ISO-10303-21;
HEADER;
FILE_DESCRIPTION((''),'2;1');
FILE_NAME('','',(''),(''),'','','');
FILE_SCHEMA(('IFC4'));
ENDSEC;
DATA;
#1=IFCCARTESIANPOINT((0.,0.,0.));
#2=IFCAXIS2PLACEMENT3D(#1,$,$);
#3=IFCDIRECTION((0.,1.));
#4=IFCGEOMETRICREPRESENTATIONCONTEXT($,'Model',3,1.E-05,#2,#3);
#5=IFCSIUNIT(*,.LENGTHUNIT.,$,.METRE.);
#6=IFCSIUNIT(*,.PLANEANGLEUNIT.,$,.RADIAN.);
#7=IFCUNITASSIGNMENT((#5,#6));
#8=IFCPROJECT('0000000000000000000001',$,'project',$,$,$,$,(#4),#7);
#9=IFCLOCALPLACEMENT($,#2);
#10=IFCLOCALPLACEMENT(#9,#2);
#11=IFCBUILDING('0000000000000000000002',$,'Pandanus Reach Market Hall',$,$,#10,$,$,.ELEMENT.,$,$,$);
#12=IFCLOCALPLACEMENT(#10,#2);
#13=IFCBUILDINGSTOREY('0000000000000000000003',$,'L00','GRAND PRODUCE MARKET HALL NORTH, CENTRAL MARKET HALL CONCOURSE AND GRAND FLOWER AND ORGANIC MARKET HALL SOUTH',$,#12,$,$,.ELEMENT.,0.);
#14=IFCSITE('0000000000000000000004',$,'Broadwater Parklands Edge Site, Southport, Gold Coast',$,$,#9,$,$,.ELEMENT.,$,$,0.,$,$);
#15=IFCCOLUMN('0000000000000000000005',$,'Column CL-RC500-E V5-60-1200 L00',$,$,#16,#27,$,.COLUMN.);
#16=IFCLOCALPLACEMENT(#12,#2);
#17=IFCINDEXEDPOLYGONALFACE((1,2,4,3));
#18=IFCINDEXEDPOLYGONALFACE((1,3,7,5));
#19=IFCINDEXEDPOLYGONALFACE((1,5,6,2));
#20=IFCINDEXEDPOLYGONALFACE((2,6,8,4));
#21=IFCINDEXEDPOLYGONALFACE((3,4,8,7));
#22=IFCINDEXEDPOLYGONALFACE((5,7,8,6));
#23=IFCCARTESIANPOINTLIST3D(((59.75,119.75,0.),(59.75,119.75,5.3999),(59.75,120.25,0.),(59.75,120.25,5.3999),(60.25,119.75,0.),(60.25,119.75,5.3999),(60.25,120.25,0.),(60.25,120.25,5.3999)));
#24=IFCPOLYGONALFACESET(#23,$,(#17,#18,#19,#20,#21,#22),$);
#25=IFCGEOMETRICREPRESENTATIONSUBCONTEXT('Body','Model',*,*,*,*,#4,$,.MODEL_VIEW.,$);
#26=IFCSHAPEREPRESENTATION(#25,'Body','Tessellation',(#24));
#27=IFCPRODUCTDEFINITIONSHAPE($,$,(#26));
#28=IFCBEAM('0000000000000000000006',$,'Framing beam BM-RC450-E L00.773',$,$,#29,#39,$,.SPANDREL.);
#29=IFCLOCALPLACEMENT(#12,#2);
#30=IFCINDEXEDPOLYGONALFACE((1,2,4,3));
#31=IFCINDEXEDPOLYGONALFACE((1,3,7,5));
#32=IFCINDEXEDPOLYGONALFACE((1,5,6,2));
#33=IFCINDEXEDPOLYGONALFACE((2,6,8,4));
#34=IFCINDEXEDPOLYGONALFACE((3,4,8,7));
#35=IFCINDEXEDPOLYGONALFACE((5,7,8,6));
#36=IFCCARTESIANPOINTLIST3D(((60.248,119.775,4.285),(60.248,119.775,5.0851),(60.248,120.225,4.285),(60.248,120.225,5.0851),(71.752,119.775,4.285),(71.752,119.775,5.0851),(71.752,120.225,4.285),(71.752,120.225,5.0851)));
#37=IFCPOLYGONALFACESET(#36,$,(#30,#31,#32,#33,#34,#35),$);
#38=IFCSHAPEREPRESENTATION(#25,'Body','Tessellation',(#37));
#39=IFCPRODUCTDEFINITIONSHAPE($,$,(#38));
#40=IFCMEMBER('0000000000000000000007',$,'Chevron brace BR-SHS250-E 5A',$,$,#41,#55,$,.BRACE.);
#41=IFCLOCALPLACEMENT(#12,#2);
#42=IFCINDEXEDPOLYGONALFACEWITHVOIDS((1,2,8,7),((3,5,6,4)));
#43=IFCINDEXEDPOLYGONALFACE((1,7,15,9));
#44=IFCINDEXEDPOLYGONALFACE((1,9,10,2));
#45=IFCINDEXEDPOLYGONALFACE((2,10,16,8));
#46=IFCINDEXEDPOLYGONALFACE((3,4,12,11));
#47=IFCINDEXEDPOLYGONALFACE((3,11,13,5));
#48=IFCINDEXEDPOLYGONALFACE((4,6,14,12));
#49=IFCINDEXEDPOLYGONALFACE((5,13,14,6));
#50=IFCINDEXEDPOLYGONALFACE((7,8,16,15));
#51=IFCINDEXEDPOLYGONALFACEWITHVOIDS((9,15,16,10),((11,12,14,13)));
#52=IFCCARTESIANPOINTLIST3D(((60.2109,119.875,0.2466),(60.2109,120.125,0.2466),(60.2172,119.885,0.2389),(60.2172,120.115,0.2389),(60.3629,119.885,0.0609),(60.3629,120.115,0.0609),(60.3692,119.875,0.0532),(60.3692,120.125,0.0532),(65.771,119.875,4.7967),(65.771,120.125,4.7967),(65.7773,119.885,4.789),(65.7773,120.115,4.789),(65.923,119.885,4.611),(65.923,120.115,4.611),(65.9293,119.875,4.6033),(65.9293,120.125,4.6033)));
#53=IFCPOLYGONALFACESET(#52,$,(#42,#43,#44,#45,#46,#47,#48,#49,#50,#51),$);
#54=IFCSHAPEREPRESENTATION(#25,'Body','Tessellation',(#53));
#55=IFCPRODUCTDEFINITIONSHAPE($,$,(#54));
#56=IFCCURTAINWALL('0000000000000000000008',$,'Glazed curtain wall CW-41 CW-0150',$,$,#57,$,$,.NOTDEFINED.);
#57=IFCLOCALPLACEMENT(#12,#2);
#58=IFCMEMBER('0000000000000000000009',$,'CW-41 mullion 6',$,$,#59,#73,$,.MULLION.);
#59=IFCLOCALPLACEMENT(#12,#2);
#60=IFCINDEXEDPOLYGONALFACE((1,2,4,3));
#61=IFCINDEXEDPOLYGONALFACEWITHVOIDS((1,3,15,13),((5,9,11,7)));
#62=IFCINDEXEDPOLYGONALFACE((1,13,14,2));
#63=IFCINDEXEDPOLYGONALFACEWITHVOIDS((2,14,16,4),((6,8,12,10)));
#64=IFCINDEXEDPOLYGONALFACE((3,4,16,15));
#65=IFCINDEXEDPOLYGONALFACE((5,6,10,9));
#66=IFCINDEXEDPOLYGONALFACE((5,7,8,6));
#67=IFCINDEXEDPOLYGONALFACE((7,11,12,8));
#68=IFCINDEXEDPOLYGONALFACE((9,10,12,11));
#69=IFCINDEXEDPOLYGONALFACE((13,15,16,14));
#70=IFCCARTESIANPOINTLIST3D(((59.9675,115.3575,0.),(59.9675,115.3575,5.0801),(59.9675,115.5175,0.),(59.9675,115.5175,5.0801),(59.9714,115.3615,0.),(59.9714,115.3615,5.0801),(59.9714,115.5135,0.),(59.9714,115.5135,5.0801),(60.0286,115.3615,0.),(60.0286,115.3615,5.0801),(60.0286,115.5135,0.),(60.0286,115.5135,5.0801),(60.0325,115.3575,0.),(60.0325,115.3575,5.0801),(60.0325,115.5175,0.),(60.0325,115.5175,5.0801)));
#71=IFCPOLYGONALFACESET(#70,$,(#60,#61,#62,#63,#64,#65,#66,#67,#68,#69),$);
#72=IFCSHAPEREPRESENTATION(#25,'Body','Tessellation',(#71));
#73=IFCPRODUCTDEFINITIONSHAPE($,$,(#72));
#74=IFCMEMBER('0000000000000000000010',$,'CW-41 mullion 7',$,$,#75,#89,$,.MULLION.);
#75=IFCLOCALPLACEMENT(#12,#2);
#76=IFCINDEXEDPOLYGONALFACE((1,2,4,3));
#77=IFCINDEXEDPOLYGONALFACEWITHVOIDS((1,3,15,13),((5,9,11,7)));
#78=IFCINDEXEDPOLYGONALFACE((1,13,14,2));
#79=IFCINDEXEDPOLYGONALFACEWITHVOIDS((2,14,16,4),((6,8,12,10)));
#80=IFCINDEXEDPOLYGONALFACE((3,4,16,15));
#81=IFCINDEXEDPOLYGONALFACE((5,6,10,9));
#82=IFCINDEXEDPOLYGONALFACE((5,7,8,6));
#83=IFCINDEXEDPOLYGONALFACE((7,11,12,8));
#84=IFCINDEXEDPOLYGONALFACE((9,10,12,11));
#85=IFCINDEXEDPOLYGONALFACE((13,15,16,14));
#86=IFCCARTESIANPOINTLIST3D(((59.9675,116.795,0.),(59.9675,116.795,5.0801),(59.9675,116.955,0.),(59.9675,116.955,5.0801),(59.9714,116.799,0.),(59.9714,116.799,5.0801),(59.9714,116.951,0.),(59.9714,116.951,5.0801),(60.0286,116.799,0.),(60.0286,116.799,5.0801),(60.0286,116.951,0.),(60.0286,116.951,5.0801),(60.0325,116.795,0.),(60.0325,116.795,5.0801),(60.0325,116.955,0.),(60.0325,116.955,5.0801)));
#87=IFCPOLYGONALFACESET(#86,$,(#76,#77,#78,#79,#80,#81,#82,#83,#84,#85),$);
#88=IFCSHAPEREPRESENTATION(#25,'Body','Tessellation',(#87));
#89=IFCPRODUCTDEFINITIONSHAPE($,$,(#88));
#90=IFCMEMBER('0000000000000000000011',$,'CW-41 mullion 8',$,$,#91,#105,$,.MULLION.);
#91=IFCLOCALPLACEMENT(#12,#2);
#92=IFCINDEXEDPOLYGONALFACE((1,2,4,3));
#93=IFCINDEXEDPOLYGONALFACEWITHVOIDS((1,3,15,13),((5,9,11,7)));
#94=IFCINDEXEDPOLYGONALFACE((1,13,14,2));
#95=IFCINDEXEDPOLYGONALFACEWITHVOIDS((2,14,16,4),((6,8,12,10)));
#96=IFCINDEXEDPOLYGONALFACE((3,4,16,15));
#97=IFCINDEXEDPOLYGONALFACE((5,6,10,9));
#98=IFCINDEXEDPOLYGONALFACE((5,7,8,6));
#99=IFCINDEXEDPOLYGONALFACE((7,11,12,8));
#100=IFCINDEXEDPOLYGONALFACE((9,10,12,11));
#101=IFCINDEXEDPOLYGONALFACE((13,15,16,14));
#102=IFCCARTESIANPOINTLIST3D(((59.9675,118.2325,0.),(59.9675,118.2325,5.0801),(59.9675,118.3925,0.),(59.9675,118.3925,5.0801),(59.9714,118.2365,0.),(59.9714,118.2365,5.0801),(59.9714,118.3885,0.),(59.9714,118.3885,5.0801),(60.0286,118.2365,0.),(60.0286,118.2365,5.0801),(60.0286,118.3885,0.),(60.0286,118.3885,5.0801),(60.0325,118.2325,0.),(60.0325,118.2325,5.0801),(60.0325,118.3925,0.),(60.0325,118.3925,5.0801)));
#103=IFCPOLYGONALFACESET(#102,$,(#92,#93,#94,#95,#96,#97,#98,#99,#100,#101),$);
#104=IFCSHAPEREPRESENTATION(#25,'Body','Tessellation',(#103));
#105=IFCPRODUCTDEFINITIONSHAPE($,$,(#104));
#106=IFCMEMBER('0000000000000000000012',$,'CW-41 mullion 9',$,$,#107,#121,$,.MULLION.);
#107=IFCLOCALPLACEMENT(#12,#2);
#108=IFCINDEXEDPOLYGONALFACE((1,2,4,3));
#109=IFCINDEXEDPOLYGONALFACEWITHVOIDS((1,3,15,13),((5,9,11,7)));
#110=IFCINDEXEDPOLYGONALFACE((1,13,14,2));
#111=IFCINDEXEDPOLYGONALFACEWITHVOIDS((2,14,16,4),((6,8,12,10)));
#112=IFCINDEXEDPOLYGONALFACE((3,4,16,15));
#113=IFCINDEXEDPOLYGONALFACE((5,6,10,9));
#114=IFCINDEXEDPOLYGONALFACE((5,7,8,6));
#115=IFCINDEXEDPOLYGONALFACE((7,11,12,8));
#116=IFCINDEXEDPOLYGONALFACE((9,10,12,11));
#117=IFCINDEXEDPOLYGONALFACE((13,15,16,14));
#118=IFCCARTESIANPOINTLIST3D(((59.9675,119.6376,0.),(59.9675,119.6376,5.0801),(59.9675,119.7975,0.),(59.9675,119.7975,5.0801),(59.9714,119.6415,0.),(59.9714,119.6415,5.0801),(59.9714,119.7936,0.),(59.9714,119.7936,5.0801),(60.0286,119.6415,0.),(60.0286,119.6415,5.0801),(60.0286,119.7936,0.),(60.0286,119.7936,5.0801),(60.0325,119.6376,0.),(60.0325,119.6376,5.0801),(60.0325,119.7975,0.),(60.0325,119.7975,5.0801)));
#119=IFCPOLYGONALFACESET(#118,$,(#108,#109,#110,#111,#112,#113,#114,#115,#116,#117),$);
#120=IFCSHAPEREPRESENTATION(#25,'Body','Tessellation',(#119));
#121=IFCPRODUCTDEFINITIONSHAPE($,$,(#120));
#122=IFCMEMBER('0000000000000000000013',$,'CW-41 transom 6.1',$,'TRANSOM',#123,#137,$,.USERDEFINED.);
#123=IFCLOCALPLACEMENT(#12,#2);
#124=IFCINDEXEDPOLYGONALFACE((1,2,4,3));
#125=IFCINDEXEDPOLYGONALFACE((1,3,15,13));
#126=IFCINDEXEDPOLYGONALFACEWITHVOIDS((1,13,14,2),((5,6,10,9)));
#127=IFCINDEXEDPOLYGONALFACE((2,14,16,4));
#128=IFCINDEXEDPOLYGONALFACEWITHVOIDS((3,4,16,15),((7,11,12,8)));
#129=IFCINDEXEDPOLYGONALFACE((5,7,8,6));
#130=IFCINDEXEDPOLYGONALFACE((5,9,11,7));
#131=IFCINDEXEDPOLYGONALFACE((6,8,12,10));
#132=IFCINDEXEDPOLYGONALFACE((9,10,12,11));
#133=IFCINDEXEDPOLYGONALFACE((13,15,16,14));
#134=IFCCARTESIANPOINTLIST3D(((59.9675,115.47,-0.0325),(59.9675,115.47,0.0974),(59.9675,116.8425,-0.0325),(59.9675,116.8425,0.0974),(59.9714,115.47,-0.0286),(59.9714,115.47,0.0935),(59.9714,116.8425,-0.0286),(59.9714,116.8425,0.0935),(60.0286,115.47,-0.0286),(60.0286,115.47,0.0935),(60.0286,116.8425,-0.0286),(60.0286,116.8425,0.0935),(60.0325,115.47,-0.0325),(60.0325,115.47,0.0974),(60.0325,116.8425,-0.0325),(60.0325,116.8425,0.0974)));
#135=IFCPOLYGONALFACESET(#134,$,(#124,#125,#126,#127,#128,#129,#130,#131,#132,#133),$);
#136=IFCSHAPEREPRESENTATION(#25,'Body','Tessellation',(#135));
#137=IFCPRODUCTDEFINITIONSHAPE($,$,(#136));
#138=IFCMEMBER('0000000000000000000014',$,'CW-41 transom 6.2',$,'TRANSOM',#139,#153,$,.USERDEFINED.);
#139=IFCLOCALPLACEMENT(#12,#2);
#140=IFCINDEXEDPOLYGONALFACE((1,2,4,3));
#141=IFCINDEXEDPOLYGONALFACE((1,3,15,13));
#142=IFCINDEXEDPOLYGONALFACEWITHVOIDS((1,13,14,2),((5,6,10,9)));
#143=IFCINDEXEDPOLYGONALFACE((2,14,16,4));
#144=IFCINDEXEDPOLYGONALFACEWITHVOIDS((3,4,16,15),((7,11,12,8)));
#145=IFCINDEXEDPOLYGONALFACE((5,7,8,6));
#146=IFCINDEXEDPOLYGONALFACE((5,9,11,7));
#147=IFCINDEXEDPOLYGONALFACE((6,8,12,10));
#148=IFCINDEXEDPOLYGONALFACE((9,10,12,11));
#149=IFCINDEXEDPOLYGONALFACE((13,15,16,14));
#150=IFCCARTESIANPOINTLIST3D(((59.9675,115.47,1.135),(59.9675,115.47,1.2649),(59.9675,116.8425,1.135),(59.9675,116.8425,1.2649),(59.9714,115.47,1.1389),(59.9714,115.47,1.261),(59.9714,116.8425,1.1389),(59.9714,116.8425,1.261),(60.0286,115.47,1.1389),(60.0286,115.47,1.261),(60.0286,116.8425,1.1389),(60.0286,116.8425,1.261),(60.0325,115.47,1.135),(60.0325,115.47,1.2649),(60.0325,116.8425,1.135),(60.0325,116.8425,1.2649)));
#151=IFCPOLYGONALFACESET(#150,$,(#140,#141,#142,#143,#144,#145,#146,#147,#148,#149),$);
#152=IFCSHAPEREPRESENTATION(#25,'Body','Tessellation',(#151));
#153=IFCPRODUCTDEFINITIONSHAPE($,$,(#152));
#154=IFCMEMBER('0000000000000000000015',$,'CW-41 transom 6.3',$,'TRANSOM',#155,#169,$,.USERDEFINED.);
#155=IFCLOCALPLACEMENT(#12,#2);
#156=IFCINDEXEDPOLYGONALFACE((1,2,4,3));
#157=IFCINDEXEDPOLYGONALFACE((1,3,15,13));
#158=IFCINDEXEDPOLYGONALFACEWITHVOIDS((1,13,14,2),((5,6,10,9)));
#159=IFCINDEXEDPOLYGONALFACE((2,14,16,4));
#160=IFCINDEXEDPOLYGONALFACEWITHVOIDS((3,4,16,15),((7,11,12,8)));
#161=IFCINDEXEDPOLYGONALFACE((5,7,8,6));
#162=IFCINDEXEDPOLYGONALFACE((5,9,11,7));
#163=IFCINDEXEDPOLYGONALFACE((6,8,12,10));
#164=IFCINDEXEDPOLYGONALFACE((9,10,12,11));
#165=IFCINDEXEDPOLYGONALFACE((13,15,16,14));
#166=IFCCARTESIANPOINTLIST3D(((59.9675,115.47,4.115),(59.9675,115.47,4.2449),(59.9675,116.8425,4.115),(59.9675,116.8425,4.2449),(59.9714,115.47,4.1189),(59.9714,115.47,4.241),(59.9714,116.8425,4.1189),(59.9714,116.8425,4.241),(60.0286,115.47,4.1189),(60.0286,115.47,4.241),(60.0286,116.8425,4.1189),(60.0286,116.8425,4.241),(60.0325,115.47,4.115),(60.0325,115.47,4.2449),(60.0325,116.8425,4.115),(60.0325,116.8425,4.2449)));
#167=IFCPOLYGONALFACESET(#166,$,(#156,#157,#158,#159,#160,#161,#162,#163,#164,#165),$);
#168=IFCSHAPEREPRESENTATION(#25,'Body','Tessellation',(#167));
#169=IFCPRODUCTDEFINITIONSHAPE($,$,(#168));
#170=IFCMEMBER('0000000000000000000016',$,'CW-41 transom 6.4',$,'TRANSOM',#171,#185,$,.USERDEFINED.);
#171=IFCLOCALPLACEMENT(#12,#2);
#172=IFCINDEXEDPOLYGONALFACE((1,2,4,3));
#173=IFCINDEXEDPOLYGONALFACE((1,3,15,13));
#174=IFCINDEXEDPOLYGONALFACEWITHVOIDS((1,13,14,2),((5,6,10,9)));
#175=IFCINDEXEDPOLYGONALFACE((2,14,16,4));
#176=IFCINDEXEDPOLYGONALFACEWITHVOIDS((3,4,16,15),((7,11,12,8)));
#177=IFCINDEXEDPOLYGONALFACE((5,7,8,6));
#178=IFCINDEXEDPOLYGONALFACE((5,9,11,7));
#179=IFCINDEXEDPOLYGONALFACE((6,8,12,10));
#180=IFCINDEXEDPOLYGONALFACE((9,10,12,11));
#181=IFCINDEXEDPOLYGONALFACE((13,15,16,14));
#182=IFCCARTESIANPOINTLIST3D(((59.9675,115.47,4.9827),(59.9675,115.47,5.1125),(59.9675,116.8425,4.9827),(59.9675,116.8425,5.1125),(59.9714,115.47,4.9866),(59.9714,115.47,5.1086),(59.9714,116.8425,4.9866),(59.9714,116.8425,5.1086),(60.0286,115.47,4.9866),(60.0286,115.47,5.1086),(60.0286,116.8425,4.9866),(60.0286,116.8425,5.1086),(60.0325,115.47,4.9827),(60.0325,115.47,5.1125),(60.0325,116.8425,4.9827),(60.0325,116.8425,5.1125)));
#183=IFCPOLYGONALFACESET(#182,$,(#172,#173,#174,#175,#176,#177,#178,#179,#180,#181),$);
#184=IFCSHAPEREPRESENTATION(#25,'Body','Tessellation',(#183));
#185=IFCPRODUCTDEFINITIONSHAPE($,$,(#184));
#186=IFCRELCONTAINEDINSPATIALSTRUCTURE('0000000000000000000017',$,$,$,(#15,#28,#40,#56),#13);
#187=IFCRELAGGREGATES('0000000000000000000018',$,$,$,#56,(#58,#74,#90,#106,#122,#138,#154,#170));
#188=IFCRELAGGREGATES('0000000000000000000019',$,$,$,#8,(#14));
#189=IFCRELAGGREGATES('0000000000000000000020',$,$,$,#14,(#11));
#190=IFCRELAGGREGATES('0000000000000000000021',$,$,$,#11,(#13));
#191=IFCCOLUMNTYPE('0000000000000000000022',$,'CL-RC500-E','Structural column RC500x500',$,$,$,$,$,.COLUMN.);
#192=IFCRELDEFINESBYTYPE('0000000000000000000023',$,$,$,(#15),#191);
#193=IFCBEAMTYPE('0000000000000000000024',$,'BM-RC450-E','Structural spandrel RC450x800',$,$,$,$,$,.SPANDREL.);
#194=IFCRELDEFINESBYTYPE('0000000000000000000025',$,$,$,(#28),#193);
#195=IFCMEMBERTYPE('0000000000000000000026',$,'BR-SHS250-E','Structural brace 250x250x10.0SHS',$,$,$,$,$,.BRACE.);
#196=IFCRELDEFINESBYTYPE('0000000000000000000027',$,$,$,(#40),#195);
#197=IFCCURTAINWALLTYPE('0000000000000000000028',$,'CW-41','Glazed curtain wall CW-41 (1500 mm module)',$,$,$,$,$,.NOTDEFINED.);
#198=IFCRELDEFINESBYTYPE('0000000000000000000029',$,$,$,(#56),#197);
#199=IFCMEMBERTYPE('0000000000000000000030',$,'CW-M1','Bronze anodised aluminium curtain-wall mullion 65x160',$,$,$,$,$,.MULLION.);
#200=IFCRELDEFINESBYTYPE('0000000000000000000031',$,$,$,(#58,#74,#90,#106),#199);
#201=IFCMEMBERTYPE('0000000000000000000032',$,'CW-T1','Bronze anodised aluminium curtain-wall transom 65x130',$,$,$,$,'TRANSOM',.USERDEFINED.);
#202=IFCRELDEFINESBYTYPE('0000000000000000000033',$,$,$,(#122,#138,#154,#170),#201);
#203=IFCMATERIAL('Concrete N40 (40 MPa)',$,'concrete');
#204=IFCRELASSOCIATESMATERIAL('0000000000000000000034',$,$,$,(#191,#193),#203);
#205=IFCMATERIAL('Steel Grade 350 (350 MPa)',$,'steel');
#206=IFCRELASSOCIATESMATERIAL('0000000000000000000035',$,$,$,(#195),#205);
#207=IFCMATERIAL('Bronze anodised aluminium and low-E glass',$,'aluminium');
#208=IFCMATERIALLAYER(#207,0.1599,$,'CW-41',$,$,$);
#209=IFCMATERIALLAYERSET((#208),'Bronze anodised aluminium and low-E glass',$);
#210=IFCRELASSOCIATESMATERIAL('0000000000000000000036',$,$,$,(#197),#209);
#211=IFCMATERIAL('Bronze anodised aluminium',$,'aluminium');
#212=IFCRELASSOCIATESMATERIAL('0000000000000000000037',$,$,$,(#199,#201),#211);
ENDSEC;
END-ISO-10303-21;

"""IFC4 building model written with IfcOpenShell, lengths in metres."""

from ifc_helpers import new_model, si_unit, direction, frame, origin, origin_2d, place, context, subcontext, project, spatial, rectangle, hollow_rectangle, extrude, material, layer, layer_set, material_profile, profile_set, type_object, element, aggregate, save


model = new_model("IFC4")

# Units and contexts
model_context = context("Model", 3, precision=1e-05, world=origin(), true_north=direction((0.0, 1.0)))
body_context = subcontext(model_context, "Body", "Model", "MODEL_VIEW")
ifc_project = project(units=[si_unit("LENGTHUNIT", "METRE"), si_unit("PLANEANGLEUNIT", "RADIAN")], contexts=[model_context])

# Site, building, storey
site_placement = place(None, origin())
site = spatial("IfcSite", under=ifc_project, at=site_placement, Name="Broadwater Parklands Edge Site, Southport, Gold Coast", CompositionType="ELEMENT", RefElevation=0.0)
building_placement = place(site_placement, origin())
building = spatial("IfcBuilding", under=site, at=building_placement, Name="Pandanus Reach Market Hall", CompositionType="ELEMENT")
storey_placement = place(building_placement, origin())
storey = spatial("IfcBuildingStorey", under=building, at=storey_placement, Name="L00", Description="GRAND PRODUCE MARKET HALL NORTH, CENTRAL MARKET HALL CONCOURSE AND GRAND FLOWER AND ORGANIC MARKET HALL SOUTH", CompositionType="ELEMENT", Elevation=0.0)

# Column
ifc_material_1 = material(Name="Concrete N40 (40 MPa)", Category="concrete")
ifc_material_profile_1 = material_profile(ifc_material_1, rectangle(XDim=0.5, YDim=0.5, at=origin_2d()), Name="RC500x500", Category="LoadBearing")
ifc_profile_set_1 = profile_set([ifc_material_profile_1], Name="Concrete N40 (40 MPa)")
column_type = type_object("IfcColumnType", Name="CL-RC500-E", Description="Structural column RC500x500", PredefinedType="COLUMN", material=ifc_profile_set_1)
column_placement = place(storey_placement, frame((60.0, 120.0, 0.0), z_axis=(0.0, 0.0, 1.0), x_axis=(1.0, 0.0, 0.0)))
element("IfcColumn", 1, at=column_placement, inside=storey, type_object=column_type, Name="Column CL-RC500-E V5-60-1200 L00", PredefinedType="COLUMN", context=body_context, shape_type="SweptSolid", body=[
    extrude(rectangle(XDim=0.5, YDim=0.5, at=origin_2d()), origin(), (0.0, 0.0, 1.0), 5.3999),
])

# Beam
ifc_material_profile_2 = material_profile(ifc_material_1, rectangle(XDim=0.45, YDim=0.8, at=origin_2d()), Name="RC450x800", Category="LoadBearing")
ifc_profile_set_2 = profile_set([ifc_material_profile_2], Name="Concrete N40 (40 MPa)")
beam_type = type_object("IfcBeamType", Name="BM-RC450-E", Description="Structural spandrel RC450x800", PredefinedType="SPANDREL", material=ifc_profile_set_2)
beam_placement = place(storey_placement, frame((60.248, 120.0, 4.6851), z_axis=(1.0, 0.0, 0.0), x_axis=(0.0, 1.0, 0.0)))
element("IfcBeam", 2, at=beam_placement, inside=storey, type_object=beam_type, Name="Framing beam BM-RC450-E L00.773", PredefinedType="SPANDREL", context=body_context, shape_type="SweptSolid", body=[
    extrude(rectangle(XDim=0.45, YDim=0.8, at=origin_2d()), origin(), (0.0, 0.0, 1.0), 11.5039),
])

# Member
ifc_material_2 = material(Name="Steel Grade 350 (350 MPa)", Category="steel")
ifc_material_profile_3 = material_profile(ifc_material_2, hollow_rectangle(XDim=0.25, YDim=0.25, WallThickness=0.01, at=origin_2d()), Name="250x250x10.0SHS", Category="LoadBearing")
ifc_profile_set_3 = profile_set([ifc_material_profile_3], Name="Steel Grade 350 (350 MPa)")
member_type_1 = type_object("IfcMemberType", Name="BR-SHS250-E", Description="Structural brace 250x250x10.0SHS", PredefinedType="BRACE", material=ifc_profile_set_3)
member_1_placement = place(storey_placement, frame((60.29, 120.0, 0.1499), z_axis=(0.773895, 0.0, 0.633314), x_axis=(0.0, 1.0, 0.0)))
element("IfcMember", 3, at=member_1_placement, inside=storey, type_object=member_type_1, Name="Chevron brace BR-SHS250-E 5A", PredefinedType="BRACE", context=body_context, shape_type="SweptSolid", body=[
    extrude(hollow_rectangle(XDim=0.25, YDim=0.25, WallThickness=0.01, at=origin_2d()), origin(), (0.0, 0.0, 1.0), 7.1846),
])

# Curtain wall, members
ifc_material_3 = material(Name="Bronze anodised aluminium and low-E glass", Category="aluminium")
ifc_layer_1 = layer(ifc_material_3, 0.1599, Name="CW-41")
ifc_layer_set_1 = layer_set([ifc_layer_1], Name="Bronze anodised aluminium and low-E glass")
curtain_wall_type = type_object("IfcCurtainWallType", Name="CW-41", Description="Glazed curtain wall CW-41 (1500 mm module)", PredefinedType="NOTDEFINED", material=ifc_layer_set_1)
curtain_wall_placement = place(storey_placement, origin())
curtain_wall = element("IfcCurtainWall", 4, at=curtain_wall_placement, inside=storey, type_object=curtain_wall_type, Name="Glazed curtain wall CW-41 CW-0150", PredefinedType="NOTDEFINED")
ifc_material_4 = material(Name="Bronze anodised aluminium", Category="aluminium")
ifc_material_profile_4 = material_profile(ifc_material_4, hollow_rectangle(XDim=0.0649, YDim=0.1599, WallThickness=0.0039, at=origin_2d()), Name="ALU65x160", Category="LoadBearing")
ifc_profile_set_4 = profile_set([ifc_material_profile_4], Name="Bronze anodised aluminium")
member_type_2 = type_object("IfcMemberType", Name="CW-M1", Description="Bronze anodised aluminium curtain-wall mullion 65x160", PredefinedType="MULLION", material=ifc_profile_set_4)
member_2_placement = place(storey_placement, frame((60.0, 115.4375, 0.0), z_axis=(0.0, 0.0, 1.0), x_axis=(-1.0, 0.0, 0.0)))
member_2 = element("IfcMember", 5, at=member_2_placement, type_object=member_type_2, Name="CW-41 mullion 6", PredefinedType="MULLION", context=body_context, shape_type="SweptSolid", body=[
    extrude(hollow_rectangle(XDim=0.0649, YDim=0.1599, WallThickness=0.0039, at=origin_2d()), origin(), (0.0, 0.0, 1.0), 5.0801),
])
member_3_placement = place(storey_placement, frame((60.0, 116.875, 0.0), z_axis=(0.0, 0.0, 1.0), x_axis=(-1.0, 0.0, 0.0)))
member_3 = element("IfcMember", 6, at=member_3_placement, type_object=member_type_2, Name="CW-41 mullion 7", PredefinedType="MULLION", context=body_context, shape_type="SweptSolid", body=[
    extrude(hollow_rectangle(XDim=0.0649, YDim=0.1599, WallThickness=0.0039, at=origin_2d()), origin(), (0.0, 0.0, 1.0), 5.0801),
])
member_4_placement = place(storey_placement, frame((60.0, 118.3125, 0.0), z_axis=(0.0, 0.0, 1.0), x_axis=(-1.0, 0.0, 0.0)))
member_4 = element("IfcMember", 7, at=member_4_placement, type_object=member_type_2, Name="CW-41 mullion 8", PredefinedType="MULLION", context=body_context, shape_type="SweptSolid", body=[
    extrude(hollow_rectangle(XDim=0.0649, YDim=0.1599, WallThickness=0.0039, at=origin_2d()), origin(), (0.0, 0.0, 1.0), 5.0801),
])
member_5_placement = place(storey_placement, frame((60.0, 119.7175, 0.0), z_axis=(0.0, 0.0, 1.0), x_axis=(-1.0, 0.0, 0.0)))
member_5 = element("IfcMember", 8, at=member_5_placement, type_object=member_type_2, Name="CW-41 mullion 9", PredefinedType="MULLION", context=body_context, shape_type="SweptSolid", body=[
    extrude(hollow_rectangle(XDim=0.0649, YDim=0.1599, WallThickness=0.0039, at=origin_2d()), origin(), (0.0, 0.0, 1.0), 5.0801),
])
ifc_material_profile_5 = material_profile(ifc_material_4, hollow_rectangle(XDim=0.0649, YDim=0.1299, WallThickness=0.0039, at=origin_2d()), Name="ALU65x130", Category="LoadBearing")
ifc_profile_set_5 = profile_set([ifc_material_profile_5], Name="Bronze anodised aluminium")
member_type_3 = type_object("IfcMemberType", Name="CW-T1", Description="Bronze anodised aluminium curtain-wall transom 65x130", ElementType="TRANSOM", PredefinedType="USERDEFINED", material=ifc_profile_set_5)
member_6_placement = place(storey_placement, frame((60.0, 115.47, 0.0325), z_axis=(0.0, 1.0, 0.0), x_axis=(-1.0, 0.0, 0.0)))
member_6 = element("IfcMember", 9, at=member_6_placement, type_object=member_type_3, Name="CW-41 transom 6.1", ObjectType="TRANSOM", PredefinedType="USERDEFINED", context=body_context, shape_type="SweptSolid", body=[
    extrude(hollow_rectangle(XDim=0.0649, YDim=0.1299, WallThickness=0.0039, at=origin_2d()), origin(), (0.0, 0.0, 1.0), 1.3726),
])
member_7_placement = place(storey_placement, frame((60.0, 115.47, 1.2), z_axis=(0.0, 1.0, 0.0), x_axis=(-1.0, 0.0, 0.0)))
member_7 = element("IfcMember", 10, at=member_7_placement, type_object=member_type_3, Name="CW-41 transom 6.2", ObjectType="TRANSOM", PredefinedType="USERDEFINED", context=body_context, shape_type="SweptSolid", body=[
    extrude(hollow_rectangle(XDim=0.0649, YDim=0.1299, WallThickness=0.0039, at=origin_2d()), origin(), (0.0, 0.0, 1.0), 1.3726),
])
member_8_placement = place(storey_placement, frame((60.0, 115.47, 4.1799), z_axis=(0.0, 1.0, 0.0), x_axis=(-1.0, 0.0, 0.0)))
member_8 = element("IfcMember", 11, at=member_8_placement, type_object=member_type_3, Name="CW-41 transom 6.3", ObjectType="TRANSOM", PredefinedType="USERDEFINED", context=body_context, shape_type="SweptSolid", body=[
    extrude(hollow_rectangle(XDim=0.0649, YDim=0.1299, WallThickness=0.0039, at=origin_2d()), origin(), (0.0, 0.0, 1.0), 1.3726),
])
member_9_placement = place(storey_placement, frame((60.0, 115.47, 5.0476), z_axis=(0.0, 1.0, 0.0), x_axis=(-1.0, 0.0, 0.0)))
member_9 = element("IfcMember", 12, at=member_9_placement, type_object=member_type_3, Name="CW-41 transom 6.4", ObjectType="TRANSOM", PredefinedType="USERDEFINED", context=body_context, shape_type="SweptSolid", body=[
    extrude(hollow_rectangle(XDim=0.0649, YDim=0.1299, WallThickness=0.0039, at=origin_2d()), origin(), (0.0, 0.0, 1.0), 1.3726),
])
aggregate(curtain_wall, [member_2, member_3, member_4, member_5, member_6, member_7, member_8, member_9])

save(model, "model.ifc")
